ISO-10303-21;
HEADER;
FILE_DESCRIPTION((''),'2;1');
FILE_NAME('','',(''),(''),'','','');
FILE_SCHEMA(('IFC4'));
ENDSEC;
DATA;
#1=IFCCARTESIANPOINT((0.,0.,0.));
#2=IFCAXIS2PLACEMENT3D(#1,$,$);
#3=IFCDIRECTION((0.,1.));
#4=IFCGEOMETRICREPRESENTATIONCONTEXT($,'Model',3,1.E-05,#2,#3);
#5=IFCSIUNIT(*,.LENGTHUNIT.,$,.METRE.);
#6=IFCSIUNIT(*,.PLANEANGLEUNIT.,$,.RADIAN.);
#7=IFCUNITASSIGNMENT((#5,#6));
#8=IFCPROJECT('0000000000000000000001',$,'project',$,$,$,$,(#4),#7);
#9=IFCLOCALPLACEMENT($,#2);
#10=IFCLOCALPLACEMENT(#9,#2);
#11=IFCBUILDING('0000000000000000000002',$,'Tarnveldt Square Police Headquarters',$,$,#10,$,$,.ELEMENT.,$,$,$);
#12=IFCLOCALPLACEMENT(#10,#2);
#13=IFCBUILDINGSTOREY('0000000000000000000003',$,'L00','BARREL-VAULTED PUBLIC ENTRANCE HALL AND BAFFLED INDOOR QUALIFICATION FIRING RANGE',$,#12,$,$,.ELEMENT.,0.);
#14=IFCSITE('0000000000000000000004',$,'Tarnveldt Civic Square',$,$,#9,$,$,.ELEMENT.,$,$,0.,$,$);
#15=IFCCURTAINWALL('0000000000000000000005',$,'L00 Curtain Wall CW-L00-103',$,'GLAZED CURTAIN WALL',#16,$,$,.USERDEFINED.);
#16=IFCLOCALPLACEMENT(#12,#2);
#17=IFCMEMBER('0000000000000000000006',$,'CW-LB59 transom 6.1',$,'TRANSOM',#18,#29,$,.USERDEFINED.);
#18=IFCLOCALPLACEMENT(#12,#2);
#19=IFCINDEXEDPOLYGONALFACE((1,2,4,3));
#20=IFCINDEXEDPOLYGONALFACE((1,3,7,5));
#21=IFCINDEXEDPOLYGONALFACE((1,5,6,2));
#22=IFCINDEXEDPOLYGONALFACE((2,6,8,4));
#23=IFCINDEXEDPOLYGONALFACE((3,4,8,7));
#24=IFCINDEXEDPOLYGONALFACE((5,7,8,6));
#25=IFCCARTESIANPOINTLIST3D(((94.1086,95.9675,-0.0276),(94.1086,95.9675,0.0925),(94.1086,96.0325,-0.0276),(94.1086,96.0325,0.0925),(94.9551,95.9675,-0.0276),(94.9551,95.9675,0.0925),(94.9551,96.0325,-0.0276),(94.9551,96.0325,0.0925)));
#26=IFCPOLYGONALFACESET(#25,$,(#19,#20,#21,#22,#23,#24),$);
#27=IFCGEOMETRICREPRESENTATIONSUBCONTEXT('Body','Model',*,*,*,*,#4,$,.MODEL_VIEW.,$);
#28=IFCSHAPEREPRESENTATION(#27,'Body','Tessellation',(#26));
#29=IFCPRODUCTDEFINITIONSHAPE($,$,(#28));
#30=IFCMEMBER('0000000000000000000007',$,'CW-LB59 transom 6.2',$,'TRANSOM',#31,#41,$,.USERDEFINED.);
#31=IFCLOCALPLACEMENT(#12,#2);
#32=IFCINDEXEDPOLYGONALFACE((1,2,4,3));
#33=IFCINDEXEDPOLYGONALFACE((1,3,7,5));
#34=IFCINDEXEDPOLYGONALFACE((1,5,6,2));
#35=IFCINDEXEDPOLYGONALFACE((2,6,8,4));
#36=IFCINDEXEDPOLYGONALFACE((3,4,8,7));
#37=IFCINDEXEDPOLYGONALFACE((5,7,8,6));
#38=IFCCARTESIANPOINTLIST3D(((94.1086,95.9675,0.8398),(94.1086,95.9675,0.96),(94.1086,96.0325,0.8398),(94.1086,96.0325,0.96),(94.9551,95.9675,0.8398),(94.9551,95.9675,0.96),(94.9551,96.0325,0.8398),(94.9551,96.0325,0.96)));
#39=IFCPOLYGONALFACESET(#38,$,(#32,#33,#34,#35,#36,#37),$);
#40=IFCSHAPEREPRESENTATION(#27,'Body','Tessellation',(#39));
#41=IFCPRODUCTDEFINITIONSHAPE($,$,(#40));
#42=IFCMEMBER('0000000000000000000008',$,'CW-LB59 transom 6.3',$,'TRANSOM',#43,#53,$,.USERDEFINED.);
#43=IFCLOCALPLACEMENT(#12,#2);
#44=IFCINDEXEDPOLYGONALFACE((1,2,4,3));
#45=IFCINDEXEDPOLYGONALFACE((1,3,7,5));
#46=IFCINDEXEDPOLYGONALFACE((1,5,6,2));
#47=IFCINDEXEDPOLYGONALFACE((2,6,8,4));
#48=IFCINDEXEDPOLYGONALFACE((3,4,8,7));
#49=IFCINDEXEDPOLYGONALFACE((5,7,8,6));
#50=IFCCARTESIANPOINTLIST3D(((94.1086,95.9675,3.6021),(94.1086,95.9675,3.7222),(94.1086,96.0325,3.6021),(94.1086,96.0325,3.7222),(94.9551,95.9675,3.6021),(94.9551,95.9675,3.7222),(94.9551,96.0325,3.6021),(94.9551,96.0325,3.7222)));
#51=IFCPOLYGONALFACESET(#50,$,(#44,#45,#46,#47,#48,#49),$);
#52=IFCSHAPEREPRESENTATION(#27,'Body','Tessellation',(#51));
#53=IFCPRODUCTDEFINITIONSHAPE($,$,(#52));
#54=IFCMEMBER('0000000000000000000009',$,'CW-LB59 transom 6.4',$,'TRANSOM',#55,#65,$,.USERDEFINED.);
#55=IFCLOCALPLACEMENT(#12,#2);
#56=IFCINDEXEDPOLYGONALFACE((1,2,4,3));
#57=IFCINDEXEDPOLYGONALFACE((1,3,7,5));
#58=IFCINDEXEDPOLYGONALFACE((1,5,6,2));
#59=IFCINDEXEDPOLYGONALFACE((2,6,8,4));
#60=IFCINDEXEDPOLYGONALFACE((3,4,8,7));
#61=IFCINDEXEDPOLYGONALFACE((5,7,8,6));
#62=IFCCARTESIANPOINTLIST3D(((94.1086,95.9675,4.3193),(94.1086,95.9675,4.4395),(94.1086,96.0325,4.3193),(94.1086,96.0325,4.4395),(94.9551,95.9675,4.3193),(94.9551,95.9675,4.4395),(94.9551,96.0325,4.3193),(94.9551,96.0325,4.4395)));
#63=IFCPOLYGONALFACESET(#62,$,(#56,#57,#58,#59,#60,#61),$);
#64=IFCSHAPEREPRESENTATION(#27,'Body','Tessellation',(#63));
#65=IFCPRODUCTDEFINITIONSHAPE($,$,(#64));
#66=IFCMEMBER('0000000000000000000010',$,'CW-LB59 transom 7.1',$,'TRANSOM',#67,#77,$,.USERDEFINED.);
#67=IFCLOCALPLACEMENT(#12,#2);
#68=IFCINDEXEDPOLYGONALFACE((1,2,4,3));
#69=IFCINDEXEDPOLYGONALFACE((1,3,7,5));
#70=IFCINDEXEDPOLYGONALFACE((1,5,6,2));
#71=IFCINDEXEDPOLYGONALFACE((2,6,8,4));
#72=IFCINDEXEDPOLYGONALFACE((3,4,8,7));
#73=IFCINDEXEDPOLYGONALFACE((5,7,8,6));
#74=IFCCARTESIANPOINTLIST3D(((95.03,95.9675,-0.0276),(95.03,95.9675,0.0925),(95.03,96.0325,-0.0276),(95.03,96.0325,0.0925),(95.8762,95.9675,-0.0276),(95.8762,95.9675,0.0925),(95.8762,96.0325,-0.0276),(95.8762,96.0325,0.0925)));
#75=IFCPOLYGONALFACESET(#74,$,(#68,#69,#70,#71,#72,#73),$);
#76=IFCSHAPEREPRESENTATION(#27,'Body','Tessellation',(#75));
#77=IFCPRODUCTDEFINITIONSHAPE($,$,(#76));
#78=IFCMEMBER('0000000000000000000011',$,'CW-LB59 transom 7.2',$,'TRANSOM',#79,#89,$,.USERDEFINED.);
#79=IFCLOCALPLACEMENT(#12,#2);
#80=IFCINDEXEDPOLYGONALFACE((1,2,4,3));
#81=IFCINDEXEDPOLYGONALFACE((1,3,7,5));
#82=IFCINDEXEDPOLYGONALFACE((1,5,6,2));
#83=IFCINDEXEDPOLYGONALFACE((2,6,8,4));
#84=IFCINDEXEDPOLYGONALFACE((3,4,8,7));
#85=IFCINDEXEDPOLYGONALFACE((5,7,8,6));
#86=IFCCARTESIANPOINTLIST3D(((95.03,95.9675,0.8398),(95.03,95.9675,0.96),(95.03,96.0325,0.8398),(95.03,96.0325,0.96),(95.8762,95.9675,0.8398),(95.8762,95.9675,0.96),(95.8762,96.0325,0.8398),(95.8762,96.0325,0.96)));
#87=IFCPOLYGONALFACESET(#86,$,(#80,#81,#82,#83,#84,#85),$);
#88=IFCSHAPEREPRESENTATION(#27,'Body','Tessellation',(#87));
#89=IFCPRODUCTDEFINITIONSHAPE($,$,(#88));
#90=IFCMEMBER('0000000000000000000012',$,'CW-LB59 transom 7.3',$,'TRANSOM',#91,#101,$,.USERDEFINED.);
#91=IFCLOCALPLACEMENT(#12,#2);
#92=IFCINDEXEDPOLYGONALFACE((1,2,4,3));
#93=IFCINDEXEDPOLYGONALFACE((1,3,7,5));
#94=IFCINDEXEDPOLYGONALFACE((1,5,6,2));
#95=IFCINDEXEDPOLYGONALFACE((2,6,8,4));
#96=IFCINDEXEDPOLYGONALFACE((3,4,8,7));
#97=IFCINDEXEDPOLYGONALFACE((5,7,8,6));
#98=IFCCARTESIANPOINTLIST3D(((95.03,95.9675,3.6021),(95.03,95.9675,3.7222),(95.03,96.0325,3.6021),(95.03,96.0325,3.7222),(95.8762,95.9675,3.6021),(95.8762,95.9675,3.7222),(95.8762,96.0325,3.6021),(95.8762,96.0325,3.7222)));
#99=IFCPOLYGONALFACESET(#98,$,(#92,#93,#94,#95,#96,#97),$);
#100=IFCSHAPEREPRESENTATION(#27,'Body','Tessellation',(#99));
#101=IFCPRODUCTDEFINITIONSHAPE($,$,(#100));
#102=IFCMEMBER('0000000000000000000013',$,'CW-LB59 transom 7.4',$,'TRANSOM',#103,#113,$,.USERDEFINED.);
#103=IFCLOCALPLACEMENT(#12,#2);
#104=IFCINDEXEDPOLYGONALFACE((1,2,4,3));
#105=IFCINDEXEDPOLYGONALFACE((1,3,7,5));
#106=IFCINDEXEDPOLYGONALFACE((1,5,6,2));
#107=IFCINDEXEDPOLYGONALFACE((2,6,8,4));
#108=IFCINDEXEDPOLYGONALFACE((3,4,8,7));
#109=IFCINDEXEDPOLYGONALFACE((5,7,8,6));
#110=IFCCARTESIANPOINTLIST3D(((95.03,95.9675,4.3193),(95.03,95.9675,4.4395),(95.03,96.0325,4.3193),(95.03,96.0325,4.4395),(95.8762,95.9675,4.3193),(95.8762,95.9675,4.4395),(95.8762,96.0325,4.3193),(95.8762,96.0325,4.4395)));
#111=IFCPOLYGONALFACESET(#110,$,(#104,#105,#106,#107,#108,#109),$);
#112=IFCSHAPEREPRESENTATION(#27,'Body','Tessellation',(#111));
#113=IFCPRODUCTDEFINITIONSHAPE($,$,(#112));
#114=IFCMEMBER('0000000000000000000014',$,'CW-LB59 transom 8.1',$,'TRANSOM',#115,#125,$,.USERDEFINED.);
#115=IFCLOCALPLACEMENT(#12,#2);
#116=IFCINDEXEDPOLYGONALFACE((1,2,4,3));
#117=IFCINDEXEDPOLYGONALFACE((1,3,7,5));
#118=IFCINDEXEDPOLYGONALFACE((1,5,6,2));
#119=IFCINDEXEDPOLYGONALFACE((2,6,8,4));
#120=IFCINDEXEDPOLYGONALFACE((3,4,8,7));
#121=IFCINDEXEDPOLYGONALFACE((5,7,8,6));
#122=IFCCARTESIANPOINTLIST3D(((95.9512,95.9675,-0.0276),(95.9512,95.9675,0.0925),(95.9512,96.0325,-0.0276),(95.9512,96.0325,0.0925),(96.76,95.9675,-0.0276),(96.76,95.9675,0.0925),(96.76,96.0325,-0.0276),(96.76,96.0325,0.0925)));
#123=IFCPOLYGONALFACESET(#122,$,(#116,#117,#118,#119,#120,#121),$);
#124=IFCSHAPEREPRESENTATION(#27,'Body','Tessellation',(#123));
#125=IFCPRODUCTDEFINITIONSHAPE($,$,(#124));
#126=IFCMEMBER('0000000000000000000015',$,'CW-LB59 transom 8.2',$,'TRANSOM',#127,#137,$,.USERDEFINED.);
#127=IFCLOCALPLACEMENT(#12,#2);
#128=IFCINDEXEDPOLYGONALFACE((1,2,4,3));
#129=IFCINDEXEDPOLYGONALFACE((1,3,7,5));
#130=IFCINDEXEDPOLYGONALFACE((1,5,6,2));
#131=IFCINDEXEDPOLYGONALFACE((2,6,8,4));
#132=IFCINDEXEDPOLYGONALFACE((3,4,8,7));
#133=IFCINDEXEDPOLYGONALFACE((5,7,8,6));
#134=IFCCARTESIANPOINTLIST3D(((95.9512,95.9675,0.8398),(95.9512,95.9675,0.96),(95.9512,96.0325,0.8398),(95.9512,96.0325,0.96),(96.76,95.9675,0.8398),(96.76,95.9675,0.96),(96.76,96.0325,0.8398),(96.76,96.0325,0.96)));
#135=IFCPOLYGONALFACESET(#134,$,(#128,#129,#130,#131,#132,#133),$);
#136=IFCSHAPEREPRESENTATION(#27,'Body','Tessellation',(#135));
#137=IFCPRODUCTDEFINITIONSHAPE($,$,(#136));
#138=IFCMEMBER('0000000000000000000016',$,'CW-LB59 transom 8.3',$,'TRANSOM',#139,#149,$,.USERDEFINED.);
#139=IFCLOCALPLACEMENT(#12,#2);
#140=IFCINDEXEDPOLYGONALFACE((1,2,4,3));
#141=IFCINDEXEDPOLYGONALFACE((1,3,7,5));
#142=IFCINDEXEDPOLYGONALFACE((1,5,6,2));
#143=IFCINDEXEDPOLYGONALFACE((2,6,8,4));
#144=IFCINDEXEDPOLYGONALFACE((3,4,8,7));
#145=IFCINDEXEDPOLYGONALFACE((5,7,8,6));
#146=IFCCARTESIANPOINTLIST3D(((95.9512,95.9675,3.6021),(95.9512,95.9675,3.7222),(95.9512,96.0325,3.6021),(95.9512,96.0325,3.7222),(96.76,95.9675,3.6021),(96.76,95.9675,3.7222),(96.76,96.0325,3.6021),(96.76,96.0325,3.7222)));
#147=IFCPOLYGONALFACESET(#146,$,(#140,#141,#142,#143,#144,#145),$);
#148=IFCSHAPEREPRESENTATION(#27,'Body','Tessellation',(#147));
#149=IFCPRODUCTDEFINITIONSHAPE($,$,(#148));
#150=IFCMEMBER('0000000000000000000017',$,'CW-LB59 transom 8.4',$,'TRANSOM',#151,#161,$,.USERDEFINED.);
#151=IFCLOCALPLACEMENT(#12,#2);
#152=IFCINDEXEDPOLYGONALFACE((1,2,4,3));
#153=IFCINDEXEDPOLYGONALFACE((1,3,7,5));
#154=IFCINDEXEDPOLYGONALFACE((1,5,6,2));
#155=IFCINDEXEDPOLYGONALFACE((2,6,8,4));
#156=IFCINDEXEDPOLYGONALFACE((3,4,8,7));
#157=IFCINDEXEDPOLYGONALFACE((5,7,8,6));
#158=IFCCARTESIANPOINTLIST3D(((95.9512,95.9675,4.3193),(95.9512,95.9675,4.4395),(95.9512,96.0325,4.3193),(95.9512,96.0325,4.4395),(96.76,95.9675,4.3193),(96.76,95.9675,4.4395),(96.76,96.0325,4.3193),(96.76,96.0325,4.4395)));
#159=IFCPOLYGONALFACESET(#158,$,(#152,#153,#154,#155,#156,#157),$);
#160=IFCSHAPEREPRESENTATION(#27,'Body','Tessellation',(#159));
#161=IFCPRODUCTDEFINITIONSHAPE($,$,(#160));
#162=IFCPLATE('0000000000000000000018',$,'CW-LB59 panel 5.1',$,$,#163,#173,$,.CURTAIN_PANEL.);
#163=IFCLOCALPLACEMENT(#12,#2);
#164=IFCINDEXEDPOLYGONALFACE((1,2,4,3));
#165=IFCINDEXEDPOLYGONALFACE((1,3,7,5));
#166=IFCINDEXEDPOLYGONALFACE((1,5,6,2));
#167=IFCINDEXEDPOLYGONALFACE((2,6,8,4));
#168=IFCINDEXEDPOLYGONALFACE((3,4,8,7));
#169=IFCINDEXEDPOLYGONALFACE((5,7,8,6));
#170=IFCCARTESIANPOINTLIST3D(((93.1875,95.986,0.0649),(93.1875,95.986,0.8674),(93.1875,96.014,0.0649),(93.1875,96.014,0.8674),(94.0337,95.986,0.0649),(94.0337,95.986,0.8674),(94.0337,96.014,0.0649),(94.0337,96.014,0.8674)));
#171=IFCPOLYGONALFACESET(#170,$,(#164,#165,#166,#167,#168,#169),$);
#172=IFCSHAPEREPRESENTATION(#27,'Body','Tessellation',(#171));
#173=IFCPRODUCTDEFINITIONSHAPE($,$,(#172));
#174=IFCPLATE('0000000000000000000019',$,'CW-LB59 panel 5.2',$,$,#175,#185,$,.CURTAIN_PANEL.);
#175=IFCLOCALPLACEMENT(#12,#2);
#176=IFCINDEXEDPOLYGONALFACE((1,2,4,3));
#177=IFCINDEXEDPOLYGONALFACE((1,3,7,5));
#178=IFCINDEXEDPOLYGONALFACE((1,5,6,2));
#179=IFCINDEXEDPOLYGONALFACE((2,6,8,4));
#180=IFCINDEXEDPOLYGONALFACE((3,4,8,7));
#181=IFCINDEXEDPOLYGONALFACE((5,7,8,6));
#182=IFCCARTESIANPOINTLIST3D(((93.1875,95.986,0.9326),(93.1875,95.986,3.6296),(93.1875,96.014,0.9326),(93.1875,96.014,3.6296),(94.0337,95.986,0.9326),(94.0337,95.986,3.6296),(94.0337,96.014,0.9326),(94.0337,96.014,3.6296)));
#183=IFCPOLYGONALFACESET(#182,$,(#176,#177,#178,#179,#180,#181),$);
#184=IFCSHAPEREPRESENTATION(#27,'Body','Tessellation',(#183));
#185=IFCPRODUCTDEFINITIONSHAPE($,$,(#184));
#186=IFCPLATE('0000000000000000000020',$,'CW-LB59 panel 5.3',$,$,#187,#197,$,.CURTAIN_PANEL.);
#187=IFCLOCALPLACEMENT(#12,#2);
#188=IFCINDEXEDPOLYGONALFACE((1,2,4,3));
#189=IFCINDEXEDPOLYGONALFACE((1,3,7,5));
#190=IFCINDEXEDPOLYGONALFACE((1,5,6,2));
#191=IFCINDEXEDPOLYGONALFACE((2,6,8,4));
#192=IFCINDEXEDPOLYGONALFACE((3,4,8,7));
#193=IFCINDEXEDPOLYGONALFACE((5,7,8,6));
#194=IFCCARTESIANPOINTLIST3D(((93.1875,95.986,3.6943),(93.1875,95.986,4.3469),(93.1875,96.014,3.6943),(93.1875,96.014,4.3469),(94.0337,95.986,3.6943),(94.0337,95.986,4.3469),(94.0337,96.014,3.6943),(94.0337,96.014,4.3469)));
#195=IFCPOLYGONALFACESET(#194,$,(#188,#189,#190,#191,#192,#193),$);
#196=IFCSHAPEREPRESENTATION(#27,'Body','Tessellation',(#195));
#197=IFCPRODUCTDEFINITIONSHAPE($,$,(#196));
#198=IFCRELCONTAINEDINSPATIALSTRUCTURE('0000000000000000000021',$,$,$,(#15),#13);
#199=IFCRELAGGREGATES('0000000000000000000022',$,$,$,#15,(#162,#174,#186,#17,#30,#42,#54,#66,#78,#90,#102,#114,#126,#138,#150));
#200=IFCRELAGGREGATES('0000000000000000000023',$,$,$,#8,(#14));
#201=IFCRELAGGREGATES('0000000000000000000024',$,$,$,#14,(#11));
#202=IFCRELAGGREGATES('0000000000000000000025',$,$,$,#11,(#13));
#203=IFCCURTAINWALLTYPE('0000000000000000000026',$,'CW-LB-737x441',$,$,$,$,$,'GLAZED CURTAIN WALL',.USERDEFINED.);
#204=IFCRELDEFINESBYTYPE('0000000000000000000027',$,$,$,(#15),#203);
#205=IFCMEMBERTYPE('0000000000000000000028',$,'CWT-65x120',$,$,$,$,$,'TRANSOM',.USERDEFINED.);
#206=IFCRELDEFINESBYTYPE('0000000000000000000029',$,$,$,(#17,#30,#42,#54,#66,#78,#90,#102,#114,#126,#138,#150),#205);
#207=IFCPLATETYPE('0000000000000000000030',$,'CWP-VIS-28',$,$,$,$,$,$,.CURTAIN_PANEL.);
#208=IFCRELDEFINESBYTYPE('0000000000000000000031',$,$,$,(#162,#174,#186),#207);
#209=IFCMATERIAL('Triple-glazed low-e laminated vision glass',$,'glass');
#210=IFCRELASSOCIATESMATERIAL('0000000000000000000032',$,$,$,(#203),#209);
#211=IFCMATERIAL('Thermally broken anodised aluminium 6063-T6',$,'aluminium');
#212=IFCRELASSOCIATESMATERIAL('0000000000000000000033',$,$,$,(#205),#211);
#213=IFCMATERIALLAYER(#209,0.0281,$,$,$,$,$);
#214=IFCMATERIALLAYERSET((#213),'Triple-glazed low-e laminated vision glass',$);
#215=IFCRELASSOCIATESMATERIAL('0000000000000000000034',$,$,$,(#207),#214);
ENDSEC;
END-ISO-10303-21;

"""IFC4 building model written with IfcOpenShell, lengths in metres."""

from ifc_helpers import new_model, si_unit, direction, frame, origin, origin_2d, place, context, subcontext, project, spatial, rectangle, extrude, material, layer, layer_set, material_profile, profile_set, type_object, element, aggregate, save


model = new_model("IFC4")

# Units and contexts
model_context = context("Model", 3, precision=1e-05, world=origin(), true_north=direction((0.0, 1.0)))
body_context = subcontext(model_context, "Body", "Model", "MODEL_VIEW")
ifc_project = project(units=[si_unit("LENGTHUNIT", "METRE"), si_unit("PLANEANGLEUNIT", "RADIAN")], contexts=[model_context])

# Site, building, storey
site_placement = place(None, origin())
site = spatial("IfcSite", under=ifc_project, at=site_placement, Name="Tarnveldt Civic Square", CompositionType="ELEMENT", RefElevation=0.0)
building_placement = place(site_placement, origin())
building = spatial("IfcBuilding", under=site, at=building_placement, Name="Tarnveldt Square Police Headquarters", CompositionType="ELEMENT")
storey_placement = place(building_placement, origin())
storey = spatial("IfcBuildingStorey", under=building, at=storey_placement, Name="L00", Description="BARREL-VAULTED PUBLIC ENTRANCE HALL AND BAFFLED INDOOR QUALIFICATION FIRING RANGE", CompositionType="ELEMENT", Elevation=0.0)

# Curtain wall, members, plates
ifc_material_1 = material(Name="Triple-glazed low-e laminated vision glass", Category="glass")
curtain_wall_type = type_object("IfcCurtainWallType", Name="CW-LB-737x441", ElementType="GLAZED CURTAIN WALL", PredefinedType="USERDEFINED", material=ifc_material_1)
curtain_wall_placement = place(storey_placement, origin())
curtain_wall = element("IfcCurtainWall", 1, at=curtain_wall_placement, inside=storey, type_object=curtain_wall_type, Name="L00 Curtain Wall CW-L00-103", ObjectType="GLAZED CURTAIN WALL", PredefinedType="USERDEFINED")
ifc_material_2 = material(Name="Thermally broken anodised aluminium 6063-T6", Category="aluminium")
ifc_material_profile_1 = material_profile(ifc_material_2, rectangle(XDim=0.0649, YDim=0.1201, at=origin_2d()), Name="CW-T65x120")
ifc_profile_set_1 = profile_set([ifc_material_profile_1], Name="Thermally broken anodised aluminium 6063-T6")
member_type_1 = type_object("IfcMemberType", Name="CWT-65x120", ElementType="TRANSOM", PredefinedType="USERDEFINED", material=ifc_profile_set_1)
member_1_placement = place(storey_placement, frame((94.1086, 96.0, 0.0325), z_axis=(1.0, 0.0, 0.0), x_axis=(0.0, 1.0, 0.0)))
member_1 = element("IfcMember", 2, at=member_1_placement, type_object=member_type_1, Name="CW-LB59 transom 6.1", ObjectType="TRANSOM", PredefinedType="USERDEFINED", context=body_context, shape_type="SweptSolid", body=[
    extrude(rectangle(XDim=0.0649, YDim=0.1201, at=origin_2d()), origin(), (0.0, 0.0, 1.0), 0.8464),
])
member_2_placement = place(storey_placement, frame((94.1086, 96.0, 0.8999), z_axis=(1.0, 0.0, 0.0), x_axis=(0.0, 1.0, 0.0)))
member_2 = element("IfcMember", 3, at=member_2_placement, type_object=member_type_1, Name="CW-LB59 transom 6.2", ObjectType="TRANSOM", PredefinedType="USERDEFINED", context=body_context, shape_type="SweptSolid", body=[
    extrude(rectangle(XDim=0.0649, YDim=0.1201, at=origin_2d()), origin(), (0.0, 0.0, 1.0), 0.8464),
])
member_3_placement = place(storey_placement, frame((94.1086, 96.0, 3.6621), z_axis=(1.0, 0.0, 0.0), x_axis=(0.0, 1.0, 0.0)))
member_3 = element("IfcMember", 4, at=member_3_placement, type_object=member_type_1, Name="CW-LB59 transom 6.3", ObjectType="TRANSOM", PredefinedType="USERDEFINED", context=body_context, shape_type="SweptSolid", body=[
    extrude(rectangle(XDim=0.0649, YDim=0.1201, at=origin_2d()), origin(), (0.0, 0.0, 1.0), 0.8464),
])
member_4_placement = place(storey_placement, frame((94.1086, 96.0, 4.3794), z_axis=(1.0, 0.0, 0.0), x_axis=(0.0, 1.0, 0.0)))
member_4 = element("IfcMember", 5, at=member_4_placement, type_object=member_type_1, Name="CW-LB59 transom 6.4", ObjectType="TRANSOM", PredefinedType="USERDEFINED", context=body_context, shape_type="SweptSolid", body=[
    extrude(rectangle(XDim=0.0649, YDim=0.1201, at=origin_2d()), origin(), (0.0, 0.0, 1.0), 0.8464),
])
member_5_placement = place(storey_placement, frame((95.03, 96.0, 0.0325), z_axis=(1.0, 0.0, 0.0), x_axis=(0.0, 1.0, 0.0)))
member_5 = element("IfcMember", 6, at=member_5_placement, type_object=member_type_1, Name="CW-LB59 transom 7.1", ObjectType="TRANSOM", PredefinedType="USERDEFINED", context=body_context, shape_type="SweptSolid", body=[
    extrude(rectangle(XDim=0.0649, YDim=0.1201, at=origin_2d()), origin(), (0.0, 0.0, 1.0), 0.8462),
])
member_6_placement = place(storey_placement, frame((95.03, 96.0, 0.8999), z_axis=(1.0, 0.0, 0.0), x_axis=(0.0, 1.0, 0.0)))
member_6 = element("IfcMember", 7, at=member_6_placement, type_object=member_type_1, Name="CW-LB59 transom 7.2", ObjectType="TRANSOM", PredefinedType="USERDEFINED", context=body_context, shape_type="SweptSolid", body=[
    extrude(rectangle(XDim=0.0649, YDim=0.1201, at=origin_2d()), origin(), (0.0, 0.0, 1.0), 0.8462),
])
member_7_placement = place(storey_placement, frame((95.03, 96.0, 3.6621), z_axis=(1.0, 0.0, 0.0), x_axis=(0.0, 1.0, 0.0)))
member_7 = element("IfcMember", 8, at=member_7_placement, type_object=member_type_1, Name="CW-LB59 transom 7.3", ObjectType="TRANSOM", PredefinedType="USERDEFINED", context=body_context, shape_type="SweptSolid", body=[
    extrude(rectangle(XDim=0.0649, YDim=0.1201, at=origin_2d()), origin(), (0.0, 0.0, 1.0), 0.8462),
])
member_8_placement = place(storey_placement, frame((95.03, 96.0, 4.3794), z_axis=(1.0, 0.0, 0.0), x_axis=(0.0, 1.0, 0.0)))
member_8 = element("IfcMember", 9, at=member_8_placement, type_object=member_type_1, Name="CW-LB59 transom 7.4", ObjectType="TRANSOM", PredefinedType="USERDEFINED", context=body_context, shape_type="SweptSolid", body=[
    extrude(rectangle(XDim=0.0649, YDim=0.1201, at=origin_2d()), origin(), (0.0, 0.0, 1.0), 0.8462),
])
member_9_placement = place(storey_placement, frame((95.9512, 96.0, 0.0325), z_axis=(1.0, 0.0, 0.0), x_axis=(0.0, 1.0, 0.0)))
member_9 = element("IfcMember", 10, at=member_9_placement, type_object=member_type_1, Name="CW-LB59 transom 8.1", ObjectType="TRANSOM", PredefinedType="USERDEFINED", context=body_context, shape_type="SweptSolid", body=[
    extrude(rectangle(XDim=0.0649, YDim=0.1201, at=origin_2d()), origin(), (0.0, 0.0, 1.0), 0.8088),
])
member_10_placement = place(storey_placement, frame((95.9512, 96.0, 0.8999), z_axis=(1.0, 0.0, 0.0), x_axis=(0.0, 1.0, 0.0)))
member_10 = element("IfcMember", 11, at=member_10_placement, type_object=member_type_1, Name="CW-LB59 transom 8.2", ObjectType="TRANSOM", PredefinedType="USERDEFINED", context=body_context, shape_type="SweptSolid", body=[
    extrude(rectangle(XDim=0.0649, YDim=0.1201, at=origin_2d()), origin(), (0.0, 0.0, 1.0), 0.8088),
])
member_11_placement = place(storey_placement, frame((95.9512, 96.0, 3.6621), z_axis=(1.0, 0.0, 0.0), x_axis=(0.0, 1.0, 0.0)))
member_11 = element("IfcMember", 12, at=member_11_placement, type_object=member_type_1, Name="CW-LB59 transom 8.3", ObjectType="TRANSOM", PredefinedType="USERDEFINED", context=body_context, shape_type="SweptSolid", body=[
    extrude(rectangle(XDim=0.0649, YDim=0.1201, at=origin_2d()), origin(), (0.0, 0.0, 1.0), 0.8088),
])
member_12_placement = place(storey_placement, frame((95.9512, 96.0, 4.3794), z_axis=(1.0, 0.0, 0.0), x_axis=(0.0, 1.0, 0.0)))
member_12 = element("IfcMember", 13, at=member_12_placement, type_object=member_type_1, Name="CW-LB59 transom 8.4", ObjectType="TRANSOM", PredefinedType="USERDEFINED", context=body_context, shape_type="SweptSolid", body=[
    extrude(rectangle(XDim=0.0649, YDim=0.1201, at=origin_2d()), origin(), (0.0, 0.0, 1.0), 0.8088),
])
ifc_layer_1 = layer(ifc_material_1, 0.0281)
ifc_layer_set_1 = layer_set([ifc_layer_1], Name="Triple-glazed low-e laminated vision glass")
plate_type = type_object("IfcPlateType", Name="CWP-VIS-28", PredefinedType="CURTAIN_PANEL", material=ifc_layer_set_1)
plate_1_placement = place(storey_placement, frame((93.6106, 96.0, 0.0649), z_axis=(0.0, 0.0, 1.0), x_axis=(1.0, 0.0, 0.0)))
plate_1 = element("IfcPlate", 14, at=plate_1_placement, type_object=plate_type, Name="CW-LB59 panel 5.1", PredefinedType="CURTAIN_PANEL", context=body_context, shape_type="SweptSolid", body=[
    extrude(rectangle(XDim=0.8462, YDim=0.0281, at=origin_2d()), origin(), (0.0, 0.0, 1.0), 0.8025),
])
plate_2_placement = place(storey_placement, frame((93.6106, 96.0, 0.9326), z_axis=(0.0, 0.0, 1.0), x_axis=(1.0, 0.0, 0.0)))
plate_2 = element("IfcPlate", 15, at=plate_2_placement, type_object=plate_type, Name="CW-LB59 panel 5.2", PredefinedType="CURTAIN_PANEL", context=body_context, shape_type="SweptSolid", body=[
    extrude(rectangle(XDim=0.8462, YDim=0.0281, at=origin_2d()), origin(), (0.0, 0.0, 1.0), 2.697),
])
plate_3_placement = place(storey_placement, frame((93.6106, 96.0, 3.6943), z_axis=(0.0, 0.0, 1.0), x_axis=(1.0, 0.0, 0.0)))
plate_3 = element("IfcPlate", 16, at=plate_3_placement, type_object=plate_type, Name="CW-LB59 panel 5.3", PredefinedType="CURTAIN_PANEL", context=body_context, shape_type="SweptSolid", body=[
    extrude(rectangle(XDim=0.8462, YDim=0.0281, at=origin_2d()), origin(), (0.0, 0.0, 1.0), 0.6526),
])
aggregate(curtain_wall, [plate_1, plate_2, plate_3, member_1, member_2, member_3, member_4, member_5, member_6, member_7, member_8, member_9, member_10, member_11, member_12])

save(model, "model.ifc")
